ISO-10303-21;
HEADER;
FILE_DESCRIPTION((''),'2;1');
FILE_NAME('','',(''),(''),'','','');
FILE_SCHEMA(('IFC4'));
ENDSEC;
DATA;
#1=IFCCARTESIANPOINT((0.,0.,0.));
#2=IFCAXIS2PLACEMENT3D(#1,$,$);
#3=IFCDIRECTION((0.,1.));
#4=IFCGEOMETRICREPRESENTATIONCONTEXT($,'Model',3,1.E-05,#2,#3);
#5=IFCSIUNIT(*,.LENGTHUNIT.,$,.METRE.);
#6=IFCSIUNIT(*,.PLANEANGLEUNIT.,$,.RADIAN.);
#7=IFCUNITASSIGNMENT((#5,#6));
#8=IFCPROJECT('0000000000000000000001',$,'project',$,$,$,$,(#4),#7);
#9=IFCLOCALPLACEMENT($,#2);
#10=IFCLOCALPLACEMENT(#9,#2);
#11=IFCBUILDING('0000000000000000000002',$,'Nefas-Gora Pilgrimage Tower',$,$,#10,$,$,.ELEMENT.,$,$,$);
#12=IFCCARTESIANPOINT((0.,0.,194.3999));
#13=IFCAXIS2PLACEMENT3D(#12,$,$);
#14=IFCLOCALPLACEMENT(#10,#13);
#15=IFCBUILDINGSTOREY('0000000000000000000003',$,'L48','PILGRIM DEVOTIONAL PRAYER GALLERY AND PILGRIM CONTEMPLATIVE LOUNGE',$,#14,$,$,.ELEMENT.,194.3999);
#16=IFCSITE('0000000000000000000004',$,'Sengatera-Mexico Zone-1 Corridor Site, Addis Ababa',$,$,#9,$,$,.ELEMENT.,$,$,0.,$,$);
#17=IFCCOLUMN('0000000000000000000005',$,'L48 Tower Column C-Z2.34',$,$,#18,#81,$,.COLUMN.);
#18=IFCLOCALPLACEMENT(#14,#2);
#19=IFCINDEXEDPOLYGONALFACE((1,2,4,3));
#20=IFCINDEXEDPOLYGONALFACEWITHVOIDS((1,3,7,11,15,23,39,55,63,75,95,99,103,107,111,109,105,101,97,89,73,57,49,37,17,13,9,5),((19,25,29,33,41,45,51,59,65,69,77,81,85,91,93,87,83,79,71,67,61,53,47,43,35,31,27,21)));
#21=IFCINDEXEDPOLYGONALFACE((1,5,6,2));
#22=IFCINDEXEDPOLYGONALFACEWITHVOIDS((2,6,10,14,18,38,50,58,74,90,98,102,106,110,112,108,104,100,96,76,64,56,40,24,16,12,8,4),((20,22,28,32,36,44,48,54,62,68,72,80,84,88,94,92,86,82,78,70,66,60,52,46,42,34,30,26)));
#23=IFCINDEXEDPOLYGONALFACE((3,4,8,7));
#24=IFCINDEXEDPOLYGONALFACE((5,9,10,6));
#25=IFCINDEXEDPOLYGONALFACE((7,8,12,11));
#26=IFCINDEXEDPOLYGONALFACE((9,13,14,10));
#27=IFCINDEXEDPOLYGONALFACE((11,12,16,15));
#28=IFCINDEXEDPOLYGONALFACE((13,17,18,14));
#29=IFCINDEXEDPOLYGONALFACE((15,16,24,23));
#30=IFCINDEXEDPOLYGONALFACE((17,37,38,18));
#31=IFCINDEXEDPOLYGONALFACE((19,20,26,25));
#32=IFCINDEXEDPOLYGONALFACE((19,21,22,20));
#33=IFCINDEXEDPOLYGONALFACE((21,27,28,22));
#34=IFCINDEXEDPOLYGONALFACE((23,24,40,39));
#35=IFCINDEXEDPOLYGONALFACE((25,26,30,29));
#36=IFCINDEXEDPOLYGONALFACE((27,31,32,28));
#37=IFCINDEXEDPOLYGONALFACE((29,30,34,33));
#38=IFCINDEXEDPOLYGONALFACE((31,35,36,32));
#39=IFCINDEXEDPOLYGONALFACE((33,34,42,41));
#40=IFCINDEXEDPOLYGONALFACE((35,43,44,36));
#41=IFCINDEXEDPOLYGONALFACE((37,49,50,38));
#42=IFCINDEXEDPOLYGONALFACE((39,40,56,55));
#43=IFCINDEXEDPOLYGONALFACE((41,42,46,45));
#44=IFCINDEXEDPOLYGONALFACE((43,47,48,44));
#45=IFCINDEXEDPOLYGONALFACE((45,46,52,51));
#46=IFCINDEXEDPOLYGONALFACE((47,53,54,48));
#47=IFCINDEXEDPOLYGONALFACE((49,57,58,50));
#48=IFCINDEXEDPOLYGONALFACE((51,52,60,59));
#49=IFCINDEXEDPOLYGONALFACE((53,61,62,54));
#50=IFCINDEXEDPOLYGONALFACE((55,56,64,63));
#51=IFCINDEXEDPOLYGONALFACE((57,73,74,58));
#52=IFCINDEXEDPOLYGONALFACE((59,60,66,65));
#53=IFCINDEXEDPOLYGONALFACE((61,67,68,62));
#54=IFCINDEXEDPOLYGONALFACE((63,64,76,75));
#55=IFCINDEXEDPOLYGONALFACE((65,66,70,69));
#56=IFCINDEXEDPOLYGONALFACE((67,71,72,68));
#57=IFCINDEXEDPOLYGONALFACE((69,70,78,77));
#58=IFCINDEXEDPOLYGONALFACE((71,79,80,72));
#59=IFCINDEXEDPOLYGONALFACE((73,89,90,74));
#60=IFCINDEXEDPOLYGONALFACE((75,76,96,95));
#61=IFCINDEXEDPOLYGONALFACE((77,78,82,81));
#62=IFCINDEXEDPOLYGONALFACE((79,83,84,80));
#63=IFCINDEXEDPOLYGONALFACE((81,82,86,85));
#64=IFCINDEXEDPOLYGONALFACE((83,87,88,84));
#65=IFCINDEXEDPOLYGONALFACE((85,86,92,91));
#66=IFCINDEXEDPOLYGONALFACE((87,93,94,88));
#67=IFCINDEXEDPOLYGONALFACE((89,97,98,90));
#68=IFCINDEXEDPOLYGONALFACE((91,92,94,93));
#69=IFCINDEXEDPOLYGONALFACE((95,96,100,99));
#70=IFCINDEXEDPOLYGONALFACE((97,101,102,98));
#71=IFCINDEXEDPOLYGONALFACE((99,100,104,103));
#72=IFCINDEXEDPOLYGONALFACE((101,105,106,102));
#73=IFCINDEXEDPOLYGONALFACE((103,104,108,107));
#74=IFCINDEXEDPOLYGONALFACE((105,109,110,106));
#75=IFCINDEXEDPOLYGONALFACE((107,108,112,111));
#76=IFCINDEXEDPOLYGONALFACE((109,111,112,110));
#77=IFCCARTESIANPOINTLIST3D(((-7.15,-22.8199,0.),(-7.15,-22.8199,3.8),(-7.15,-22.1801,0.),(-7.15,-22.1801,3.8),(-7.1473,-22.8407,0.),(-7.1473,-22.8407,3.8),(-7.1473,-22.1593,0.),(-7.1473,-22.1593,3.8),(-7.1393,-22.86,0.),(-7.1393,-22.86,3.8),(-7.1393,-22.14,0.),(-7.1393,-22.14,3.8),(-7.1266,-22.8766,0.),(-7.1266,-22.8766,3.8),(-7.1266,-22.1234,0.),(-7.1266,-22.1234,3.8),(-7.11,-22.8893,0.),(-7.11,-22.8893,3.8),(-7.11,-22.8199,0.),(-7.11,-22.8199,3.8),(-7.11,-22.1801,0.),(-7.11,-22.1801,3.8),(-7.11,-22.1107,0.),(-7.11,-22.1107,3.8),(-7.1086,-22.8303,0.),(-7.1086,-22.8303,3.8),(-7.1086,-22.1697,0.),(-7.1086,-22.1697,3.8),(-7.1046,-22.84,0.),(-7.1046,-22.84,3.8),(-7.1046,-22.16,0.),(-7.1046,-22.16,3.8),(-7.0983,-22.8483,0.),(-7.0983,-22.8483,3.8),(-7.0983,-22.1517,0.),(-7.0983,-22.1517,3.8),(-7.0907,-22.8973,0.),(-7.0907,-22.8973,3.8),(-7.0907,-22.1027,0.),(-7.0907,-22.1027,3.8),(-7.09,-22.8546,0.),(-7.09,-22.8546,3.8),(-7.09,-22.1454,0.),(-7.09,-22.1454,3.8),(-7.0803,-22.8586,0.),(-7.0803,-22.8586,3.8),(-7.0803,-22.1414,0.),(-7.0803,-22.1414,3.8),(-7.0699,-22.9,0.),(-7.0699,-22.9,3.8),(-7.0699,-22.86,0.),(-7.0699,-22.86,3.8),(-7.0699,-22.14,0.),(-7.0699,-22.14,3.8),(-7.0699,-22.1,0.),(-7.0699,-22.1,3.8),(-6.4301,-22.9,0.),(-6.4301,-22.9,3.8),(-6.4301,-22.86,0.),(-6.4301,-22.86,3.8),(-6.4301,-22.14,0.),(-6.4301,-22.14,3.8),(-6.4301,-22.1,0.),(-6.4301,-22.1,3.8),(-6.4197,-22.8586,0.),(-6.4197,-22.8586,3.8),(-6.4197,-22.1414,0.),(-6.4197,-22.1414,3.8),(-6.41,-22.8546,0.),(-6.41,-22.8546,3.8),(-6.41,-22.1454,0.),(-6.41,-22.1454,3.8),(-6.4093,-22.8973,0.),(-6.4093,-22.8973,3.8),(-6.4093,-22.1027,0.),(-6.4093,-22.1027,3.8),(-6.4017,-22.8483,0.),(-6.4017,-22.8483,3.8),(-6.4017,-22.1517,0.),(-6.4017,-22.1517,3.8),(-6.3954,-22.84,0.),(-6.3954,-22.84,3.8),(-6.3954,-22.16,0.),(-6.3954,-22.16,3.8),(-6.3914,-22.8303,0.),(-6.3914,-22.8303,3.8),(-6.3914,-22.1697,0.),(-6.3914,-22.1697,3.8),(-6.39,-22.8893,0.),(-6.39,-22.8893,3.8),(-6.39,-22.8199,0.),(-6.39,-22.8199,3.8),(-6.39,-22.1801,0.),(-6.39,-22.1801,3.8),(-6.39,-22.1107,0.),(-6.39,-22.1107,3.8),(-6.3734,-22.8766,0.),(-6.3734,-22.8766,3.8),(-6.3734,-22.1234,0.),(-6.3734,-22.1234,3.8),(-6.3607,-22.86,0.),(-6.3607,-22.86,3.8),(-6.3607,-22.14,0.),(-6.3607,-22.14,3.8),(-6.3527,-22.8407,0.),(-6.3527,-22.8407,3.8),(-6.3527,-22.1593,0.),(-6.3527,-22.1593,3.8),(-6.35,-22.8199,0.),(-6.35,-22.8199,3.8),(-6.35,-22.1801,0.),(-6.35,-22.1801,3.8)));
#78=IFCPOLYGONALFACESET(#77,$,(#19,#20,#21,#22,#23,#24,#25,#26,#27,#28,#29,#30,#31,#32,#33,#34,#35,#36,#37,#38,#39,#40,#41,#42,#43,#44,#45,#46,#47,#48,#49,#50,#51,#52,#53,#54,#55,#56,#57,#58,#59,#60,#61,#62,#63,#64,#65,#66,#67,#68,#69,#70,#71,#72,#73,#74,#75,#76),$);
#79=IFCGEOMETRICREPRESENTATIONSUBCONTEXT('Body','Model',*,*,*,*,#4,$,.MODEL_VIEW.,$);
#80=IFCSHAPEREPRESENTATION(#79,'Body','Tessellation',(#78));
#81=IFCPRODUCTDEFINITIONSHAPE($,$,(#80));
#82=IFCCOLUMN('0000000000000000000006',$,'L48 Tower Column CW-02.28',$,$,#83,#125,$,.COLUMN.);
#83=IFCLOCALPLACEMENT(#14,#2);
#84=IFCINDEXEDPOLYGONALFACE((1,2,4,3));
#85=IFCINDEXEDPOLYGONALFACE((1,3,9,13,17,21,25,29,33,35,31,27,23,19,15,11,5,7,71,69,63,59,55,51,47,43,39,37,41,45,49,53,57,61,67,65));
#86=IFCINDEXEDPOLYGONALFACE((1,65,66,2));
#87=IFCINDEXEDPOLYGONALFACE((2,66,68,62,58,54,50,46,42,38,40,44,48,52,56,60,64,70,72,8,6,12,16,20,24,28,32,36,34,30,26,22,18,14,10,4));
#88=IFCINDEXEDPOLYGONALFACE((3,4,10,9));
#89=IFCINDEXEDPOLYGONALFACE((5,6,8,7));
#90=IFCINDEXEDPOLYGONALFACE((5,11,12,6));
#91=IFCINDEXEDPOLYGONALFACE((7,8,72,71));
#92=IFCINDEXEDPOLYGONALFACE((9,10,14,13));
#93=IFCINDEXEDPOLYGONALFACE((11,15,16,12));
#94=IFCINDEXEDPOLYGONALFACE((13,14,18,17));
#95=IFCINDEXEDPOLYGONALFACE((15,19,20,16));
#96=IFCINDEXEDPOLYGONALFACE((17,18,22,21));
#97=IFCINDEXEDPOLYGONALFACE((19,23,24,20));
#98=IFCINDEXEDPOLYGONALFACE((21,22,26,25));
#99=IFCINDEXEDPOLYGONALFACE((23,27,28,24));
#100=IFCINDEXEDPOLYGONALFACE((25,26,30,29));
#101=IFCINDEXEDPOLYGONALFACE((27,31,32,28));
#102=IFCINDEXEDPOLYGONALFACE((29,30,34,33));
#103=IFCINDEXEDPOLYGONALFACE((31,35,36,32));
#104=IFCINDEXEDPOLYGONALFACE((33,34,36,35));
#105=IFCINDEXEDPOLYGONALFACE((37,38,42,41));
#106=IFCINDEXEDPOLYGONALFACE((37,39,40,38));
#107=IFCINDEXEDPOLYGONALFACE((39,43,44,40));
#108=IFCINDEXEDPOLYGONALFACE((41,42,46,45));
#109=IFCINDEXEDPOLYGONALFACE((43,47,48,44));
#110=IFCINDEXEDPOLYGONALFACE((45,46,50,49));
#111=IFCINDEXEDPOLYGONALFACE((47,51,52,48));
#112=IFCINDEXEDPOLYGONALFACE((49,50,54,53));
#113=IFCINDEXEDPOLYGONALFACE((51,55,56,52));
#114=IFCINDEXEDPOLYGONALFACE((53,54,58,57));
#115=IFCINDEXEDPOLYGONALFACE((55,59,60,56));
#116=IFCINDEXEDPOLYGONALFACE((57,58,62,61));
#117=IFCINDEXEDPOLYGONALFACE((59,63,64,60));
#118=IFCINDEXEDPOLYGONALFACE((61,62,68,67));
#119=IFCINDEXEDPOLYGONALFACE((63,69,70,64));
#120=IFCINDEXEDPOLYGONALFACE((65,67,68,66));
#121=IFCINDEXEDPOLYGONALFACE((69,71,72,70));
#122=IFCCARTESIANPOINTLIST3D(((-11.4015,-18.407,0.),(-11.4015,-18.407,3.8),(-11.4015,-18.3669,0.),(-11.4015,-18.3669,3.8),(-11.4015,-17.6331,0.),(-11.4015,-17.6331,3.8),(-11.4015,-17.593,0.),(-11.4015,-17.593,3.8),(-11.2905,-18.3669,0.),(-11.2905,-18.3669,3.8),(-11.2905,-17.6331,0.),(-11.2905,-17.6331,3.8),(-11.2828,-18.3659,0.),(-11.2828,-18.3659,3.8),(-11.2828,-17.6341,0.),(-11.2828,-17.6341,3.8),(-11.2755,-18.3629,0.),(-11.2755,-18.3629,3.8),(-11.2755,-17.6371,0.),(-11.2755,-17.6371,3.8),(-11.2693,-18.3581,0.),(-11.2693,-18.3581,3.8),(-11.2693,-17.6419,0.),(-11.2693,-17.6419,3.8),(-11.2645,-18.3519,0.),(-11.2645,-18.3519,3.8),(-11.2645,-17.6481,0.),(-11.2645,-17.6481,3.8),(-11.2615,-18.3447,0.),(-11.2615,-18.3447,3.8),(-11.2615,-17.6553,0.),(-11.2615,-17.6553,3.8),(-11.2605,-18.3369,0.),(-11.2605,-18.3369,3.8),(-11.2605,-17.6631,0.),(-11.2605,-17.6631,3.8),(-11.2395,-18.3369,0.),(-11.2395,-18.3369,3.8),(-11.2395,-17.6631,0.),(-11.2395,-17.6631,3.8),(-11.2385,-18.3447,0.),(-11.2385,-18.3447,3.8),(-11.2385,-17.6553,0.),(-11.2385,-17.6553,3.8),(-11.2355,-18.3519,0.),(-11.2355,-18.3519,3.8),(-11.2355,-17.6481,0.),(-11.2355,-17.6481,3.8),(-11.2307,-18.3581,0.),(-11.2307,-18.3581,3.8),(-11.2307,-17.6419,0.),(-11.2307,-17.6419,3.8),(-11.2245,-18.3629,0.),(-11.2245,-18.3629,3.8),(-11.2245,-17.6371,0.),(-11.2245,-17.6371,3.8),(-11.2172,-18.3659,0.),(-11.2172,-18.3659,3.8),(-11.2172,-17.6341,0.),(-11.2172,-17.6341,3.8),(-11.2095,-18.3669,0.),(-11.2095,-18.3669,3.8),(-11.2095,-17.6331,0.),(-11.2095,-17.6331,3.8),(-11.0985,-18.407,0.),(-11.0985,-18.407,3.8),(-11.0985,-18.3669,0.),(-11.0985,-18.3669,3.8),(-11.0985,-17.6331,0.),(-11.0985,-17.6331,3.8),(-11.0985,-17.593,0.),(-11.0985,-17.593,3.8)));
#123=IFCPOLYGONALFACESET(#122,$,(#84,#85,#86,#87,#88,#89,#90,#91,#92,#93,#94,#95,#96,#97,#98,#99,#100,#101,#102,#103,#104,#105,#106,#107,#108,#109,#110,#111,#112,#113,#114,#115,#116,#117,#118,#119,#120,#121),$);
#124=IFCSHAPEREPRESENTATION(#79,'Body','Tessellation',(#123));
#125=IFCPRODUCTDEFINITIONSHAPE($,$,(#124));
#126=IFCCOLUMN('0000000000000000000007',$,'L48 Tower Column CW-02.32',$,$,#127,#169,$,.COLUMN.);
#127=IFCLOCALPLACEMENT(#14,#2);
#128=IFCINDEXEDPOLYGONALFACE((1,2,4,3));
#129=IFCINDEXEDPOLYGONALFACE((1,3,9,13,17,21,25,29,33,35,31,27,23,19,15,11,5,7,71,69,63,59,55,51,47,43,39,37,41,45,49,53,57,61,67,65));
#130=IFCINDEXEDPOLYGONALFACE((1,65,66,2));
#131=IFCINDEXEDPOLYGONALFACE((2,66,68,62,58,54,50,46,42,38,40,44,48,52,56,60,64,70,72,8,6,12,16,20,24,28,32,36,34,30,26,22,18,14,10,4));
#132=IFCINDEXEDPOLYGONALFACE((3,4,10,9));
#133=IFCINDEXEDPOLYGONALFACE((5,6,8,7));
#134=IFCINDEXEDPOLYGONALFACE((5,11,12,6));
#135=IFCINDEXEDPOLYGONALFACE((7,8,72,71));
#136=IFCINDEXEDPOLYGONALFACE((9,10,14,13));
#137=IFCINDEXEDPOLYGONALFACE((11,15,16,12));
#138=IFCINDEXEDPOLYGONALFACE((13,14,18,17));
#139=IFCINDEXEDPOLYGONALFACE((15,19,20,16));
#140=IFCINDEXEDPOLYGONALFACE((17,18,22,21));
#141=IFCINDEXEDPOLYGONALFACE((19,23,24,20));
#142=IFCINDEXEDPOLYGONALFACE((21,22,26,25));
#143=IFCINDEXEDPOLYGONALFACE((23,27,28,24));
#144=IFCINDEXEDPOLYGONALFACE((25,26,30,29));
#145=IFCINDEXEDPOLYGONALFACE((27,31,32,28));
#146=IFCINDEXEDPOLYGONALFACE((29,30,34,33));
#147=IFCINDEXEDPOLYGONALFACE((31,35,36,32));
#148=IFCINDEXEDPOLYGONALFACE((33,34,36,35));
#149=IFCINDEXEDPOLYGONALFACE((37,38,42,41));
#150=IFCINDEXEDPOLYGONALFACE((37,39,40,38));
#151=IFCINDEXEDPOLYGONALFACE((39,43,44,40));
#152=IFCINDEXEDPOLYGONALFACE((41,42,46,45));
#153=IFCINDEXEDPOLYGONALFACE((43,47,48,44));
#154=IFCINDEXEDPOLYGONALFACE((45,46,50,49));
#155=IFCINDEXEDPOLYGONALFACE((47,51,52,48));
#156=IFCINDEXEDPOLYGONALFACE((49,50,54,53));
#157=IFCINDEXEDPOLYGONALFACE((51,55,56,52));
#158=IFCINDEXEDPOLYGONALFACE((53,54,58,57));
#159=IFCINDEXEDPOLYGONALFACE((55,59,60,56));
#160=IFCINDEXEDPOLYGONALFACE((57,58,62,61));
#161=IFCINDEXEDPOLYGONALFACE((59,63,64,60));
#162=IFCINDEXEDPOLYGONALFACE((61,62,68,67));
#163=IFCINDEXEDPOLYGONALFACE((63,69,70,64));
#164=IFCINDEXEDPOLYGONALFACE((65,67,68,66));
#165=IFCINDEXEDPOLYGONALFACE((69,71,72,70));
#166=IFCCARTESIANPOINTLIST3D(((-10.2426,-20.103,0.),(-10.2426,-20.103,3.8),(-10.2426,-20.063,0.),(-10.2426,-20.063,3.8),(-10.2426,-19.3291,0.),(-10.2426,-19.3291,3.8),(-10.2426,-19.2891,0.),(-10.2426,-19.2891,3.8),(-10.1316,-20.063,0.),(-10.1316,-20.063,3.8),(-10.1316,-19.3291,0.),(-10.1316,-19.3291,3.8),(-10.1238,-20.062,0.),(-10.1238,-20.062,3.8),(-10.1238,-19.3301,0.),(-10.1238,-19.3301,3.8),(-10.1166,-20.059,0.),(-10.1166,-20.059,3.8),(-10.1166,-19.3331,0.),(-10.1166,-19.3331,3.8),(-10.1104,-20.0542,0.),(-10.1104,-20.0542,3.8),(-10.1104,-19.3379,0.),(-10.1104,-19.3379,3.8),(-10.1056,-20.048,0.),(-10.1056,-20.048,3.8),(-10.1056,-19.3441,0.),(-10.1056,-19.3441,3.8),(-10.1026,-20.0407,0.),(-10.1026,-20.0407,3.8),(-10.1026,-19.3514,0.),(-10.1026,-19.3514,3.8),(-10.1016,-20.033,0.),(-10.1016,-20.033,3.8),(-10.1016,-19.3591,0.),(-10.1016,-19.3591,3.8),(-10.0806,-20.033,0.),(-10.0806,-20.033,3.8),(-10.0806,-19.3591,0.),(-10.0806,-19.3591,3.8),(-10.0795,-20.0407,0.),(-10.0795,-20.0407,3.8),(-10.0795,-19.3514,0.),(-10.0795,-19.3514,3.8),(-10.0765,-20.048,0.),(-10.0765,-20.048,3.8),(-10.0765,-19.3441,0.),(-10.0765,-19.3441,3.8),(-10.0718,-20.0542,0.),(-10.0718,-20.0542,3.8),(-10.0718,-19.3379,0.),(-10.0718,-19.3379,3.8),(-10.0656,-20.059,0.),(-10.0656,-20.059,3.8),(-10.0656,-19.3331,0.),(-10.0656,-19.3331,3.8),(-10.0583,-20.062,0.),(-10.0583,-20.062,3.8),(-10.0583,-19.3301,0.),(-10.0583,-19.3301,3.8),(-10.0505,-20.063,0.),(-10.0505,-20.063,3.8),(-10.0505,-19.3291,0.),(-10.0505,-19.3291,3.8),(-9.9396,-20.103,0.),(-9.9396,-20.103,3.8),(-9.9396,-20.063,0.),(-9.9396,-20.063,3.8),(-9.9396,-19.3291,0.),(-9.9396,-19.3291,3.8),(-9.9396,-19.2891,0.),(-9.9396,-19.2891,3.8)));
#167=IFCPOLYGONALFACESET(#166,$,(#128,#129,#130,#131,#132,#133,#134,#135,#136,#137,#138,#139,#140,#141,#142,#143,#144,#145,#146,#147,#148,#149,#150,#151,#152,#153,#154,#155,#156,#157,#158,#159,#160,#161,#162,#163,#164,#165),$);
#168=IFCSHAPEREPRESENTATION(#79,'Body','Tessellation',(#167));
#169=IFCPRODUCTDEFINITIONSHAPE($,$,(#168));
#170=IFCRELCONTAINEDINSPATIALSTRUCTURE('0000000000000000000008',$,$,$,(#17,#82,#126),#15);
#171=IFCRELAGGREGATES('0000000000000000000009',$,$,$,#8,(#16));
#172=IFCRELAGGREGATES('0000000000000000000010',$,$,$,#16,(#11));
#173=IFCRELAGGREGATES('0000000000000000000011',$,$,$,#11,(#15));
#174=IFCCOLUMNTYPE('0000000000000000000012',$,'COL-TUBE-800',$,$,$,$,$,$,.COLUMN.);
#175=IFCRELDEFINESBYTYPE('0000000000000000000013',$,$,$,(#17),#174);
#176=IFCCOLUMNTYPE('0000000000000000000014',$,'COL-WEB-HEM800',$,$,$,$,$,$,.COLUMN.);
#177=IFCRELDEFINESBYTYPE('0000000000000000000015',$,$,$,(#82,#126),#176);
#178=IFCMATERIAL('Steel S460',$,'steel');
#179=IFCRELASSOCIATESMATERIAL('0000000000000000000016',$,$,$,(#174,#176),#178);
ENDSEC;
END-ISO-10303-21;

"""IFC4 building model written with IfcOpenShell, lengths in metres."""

from ifc_helpers import new_model, si_unit, direction, frame, origin, origin_2d, place, context, subcontext, project, spatial, hollow_rectangle, i_section, extrude, source, transform, mapped, material, material_profile, profile_set, type_object, element, save


model = new_model("IFC4")

# Units and contexts
model_context = context("Model", 3, precision=1e-05, world=origin(), true_north=direction((0.0, 1.0)))
body_context = subcontext(model_context, "Body", "Model", "MODEL_VIEW")
ifc_project = project(units=[si_unit("LENGTHUNIT", "METRE"), si_unit("PLANEANGLEUNIT", "RADIAN")], contexts=[model_context])

# Site, building, storey
site_placement = place(None, origin())
site = spatial("IfcSite", under=ifc_project, at=site_placement, Name="Sengatera-Mexico Zone-1 Corridor Site, Addis Ababa", CompositionType="ELEMENT", RefElevation=0.0)
building_placement = place(site_placement, origin())
building = spatial("IfcBuilding", under=site, at=building_placement, Name="Nefas-Gora Pilgrimage Tower", CompositionType="ELEMENT")
storey_placement = place(building_placement, frame((0.0, 0.0, 194.3999)))
storey = spatial("IfcBuildingStorey", under=building, at=storey_placement, Name="L48", Description="PILGRIM DEVOTIONAL PRAYER GALLERY AND PILGRIM CONTEMPLATIVE LOUNGE", CompositionType="ELEMENT", Elevation=194.3999)

# Columns
ifc_material_1 = material(Name="Steel S460", Category="steel")
ifc_material_profile_1 = material_profile(ifc_material_1, hollow_rectangle(XDim=0.8, YDim=0.8, WallThickness=0.04, InnerFilletRadius=0.04, OuterFilletRadius=0.0801, at=origin_2d()), Name="BOX 800x800x40")
ifc_profile_set_1 = profile_set([ifc_material_profile_1], Name="Steel S460")
column_type_1 = type_object("IfcColumnType", Name="COL-TUBE-800", PredefinedType="COLUMN", material=ifc_profile_set_1)
shared_shape_1 = source(origin(), body_context, "Body", "SweptSolid", [
    extrude(hollow_rectangle(XDim=0.8, YDim=0.8, WallThickness=0.04, InnerFilletRadius=0.04, OuterFilletRadius=0.0801, at=origin_2d()), origin(), (0.0, 0.0, 1.0), 3.8),
])
column_placement = place(storey_placement, frame((-6.75, -22.5, 0.0), z_axis=(0.0, 0.0, 1.0), x_axis=(1.0, 0.0, 0.0)))
element("IfcColumn", 1, at=column_placement, inside=storey, type_object=column_type_1, Name="L48 Tower Column C-Z2.34", PredefinedType="COLUMN", context=body_context, shape_type="MappedRepresentation", body=[
    mapped(shared_shape_1, transform((0.0, 0.0, 0.0), x_axis=(1.0, 0.0, 0.0), y_axis=(0.0, 1.0, 0.0), z_axis=(0.0, 0.0, 1.0), scale=1.0)),
])
ifc_material_profile_2 = material_profile(ifc_material_1, i_section(OverallWidth=0.303, OverallDepth=0.814, WebThickness=0.021, FlangeThickness=0.04, FilletRadius=0.03, at=origin_2d()), Name="HEM 800")
ifc_profile_set_2 = profile_set([ifc_material_profile_2], Name="Steel S460")
column_type_2 = type_object("IfcColumnType", Name="COL-WEB-HEM800", PredefinedType="COLUMN", material=ifc_profile_set_2)
shared_shape_2 = source(origin(), body_context, "Body", "SweptSolid", [
    extrude(i_section(OverallWidth=0.303, OverallDepth=0.814, WebThickness=0.021, FlangeThickness=0.04, FilletRadius=0.03, at=origin_2d()), origin(), (0.0, 0.0, 1.0), 3.8),
])
for number, where, z_axis, x_axis, name in (
    (2, (-11.25, -18.0, 0.0), (0.0, 0.0, 1.0), (1.0, 0.0, 0.0), "L48 Tower Column CW-02.28"),
    (3, (-10.0911, -19.696, 0.0), (0.0, 0.0, 1.0), (1.0, 0.0, 0.0), "L48 Tower Column CW-02.32"),
):
    element("IfcColumn", number, at=place(storey_placement, frame(where, z_axis=z_axis, x_axis=x_axis)), inside=storey, type_object=column_type_2, Name=name, PredefinedType="COLUMN", context=body_context, shape_type="MappedRepresentation", body=[
        mapped(shared_shape_2, transform((0.0, 0.0, 0.0), x_axis=(1.0, 0.0, 0.0), y_axis=(0.0, 1.0, 0.0), z_axis=(0.0, 0.0, 1.0), scale=1.0)),
    ])

save(model, "model.ifc")
